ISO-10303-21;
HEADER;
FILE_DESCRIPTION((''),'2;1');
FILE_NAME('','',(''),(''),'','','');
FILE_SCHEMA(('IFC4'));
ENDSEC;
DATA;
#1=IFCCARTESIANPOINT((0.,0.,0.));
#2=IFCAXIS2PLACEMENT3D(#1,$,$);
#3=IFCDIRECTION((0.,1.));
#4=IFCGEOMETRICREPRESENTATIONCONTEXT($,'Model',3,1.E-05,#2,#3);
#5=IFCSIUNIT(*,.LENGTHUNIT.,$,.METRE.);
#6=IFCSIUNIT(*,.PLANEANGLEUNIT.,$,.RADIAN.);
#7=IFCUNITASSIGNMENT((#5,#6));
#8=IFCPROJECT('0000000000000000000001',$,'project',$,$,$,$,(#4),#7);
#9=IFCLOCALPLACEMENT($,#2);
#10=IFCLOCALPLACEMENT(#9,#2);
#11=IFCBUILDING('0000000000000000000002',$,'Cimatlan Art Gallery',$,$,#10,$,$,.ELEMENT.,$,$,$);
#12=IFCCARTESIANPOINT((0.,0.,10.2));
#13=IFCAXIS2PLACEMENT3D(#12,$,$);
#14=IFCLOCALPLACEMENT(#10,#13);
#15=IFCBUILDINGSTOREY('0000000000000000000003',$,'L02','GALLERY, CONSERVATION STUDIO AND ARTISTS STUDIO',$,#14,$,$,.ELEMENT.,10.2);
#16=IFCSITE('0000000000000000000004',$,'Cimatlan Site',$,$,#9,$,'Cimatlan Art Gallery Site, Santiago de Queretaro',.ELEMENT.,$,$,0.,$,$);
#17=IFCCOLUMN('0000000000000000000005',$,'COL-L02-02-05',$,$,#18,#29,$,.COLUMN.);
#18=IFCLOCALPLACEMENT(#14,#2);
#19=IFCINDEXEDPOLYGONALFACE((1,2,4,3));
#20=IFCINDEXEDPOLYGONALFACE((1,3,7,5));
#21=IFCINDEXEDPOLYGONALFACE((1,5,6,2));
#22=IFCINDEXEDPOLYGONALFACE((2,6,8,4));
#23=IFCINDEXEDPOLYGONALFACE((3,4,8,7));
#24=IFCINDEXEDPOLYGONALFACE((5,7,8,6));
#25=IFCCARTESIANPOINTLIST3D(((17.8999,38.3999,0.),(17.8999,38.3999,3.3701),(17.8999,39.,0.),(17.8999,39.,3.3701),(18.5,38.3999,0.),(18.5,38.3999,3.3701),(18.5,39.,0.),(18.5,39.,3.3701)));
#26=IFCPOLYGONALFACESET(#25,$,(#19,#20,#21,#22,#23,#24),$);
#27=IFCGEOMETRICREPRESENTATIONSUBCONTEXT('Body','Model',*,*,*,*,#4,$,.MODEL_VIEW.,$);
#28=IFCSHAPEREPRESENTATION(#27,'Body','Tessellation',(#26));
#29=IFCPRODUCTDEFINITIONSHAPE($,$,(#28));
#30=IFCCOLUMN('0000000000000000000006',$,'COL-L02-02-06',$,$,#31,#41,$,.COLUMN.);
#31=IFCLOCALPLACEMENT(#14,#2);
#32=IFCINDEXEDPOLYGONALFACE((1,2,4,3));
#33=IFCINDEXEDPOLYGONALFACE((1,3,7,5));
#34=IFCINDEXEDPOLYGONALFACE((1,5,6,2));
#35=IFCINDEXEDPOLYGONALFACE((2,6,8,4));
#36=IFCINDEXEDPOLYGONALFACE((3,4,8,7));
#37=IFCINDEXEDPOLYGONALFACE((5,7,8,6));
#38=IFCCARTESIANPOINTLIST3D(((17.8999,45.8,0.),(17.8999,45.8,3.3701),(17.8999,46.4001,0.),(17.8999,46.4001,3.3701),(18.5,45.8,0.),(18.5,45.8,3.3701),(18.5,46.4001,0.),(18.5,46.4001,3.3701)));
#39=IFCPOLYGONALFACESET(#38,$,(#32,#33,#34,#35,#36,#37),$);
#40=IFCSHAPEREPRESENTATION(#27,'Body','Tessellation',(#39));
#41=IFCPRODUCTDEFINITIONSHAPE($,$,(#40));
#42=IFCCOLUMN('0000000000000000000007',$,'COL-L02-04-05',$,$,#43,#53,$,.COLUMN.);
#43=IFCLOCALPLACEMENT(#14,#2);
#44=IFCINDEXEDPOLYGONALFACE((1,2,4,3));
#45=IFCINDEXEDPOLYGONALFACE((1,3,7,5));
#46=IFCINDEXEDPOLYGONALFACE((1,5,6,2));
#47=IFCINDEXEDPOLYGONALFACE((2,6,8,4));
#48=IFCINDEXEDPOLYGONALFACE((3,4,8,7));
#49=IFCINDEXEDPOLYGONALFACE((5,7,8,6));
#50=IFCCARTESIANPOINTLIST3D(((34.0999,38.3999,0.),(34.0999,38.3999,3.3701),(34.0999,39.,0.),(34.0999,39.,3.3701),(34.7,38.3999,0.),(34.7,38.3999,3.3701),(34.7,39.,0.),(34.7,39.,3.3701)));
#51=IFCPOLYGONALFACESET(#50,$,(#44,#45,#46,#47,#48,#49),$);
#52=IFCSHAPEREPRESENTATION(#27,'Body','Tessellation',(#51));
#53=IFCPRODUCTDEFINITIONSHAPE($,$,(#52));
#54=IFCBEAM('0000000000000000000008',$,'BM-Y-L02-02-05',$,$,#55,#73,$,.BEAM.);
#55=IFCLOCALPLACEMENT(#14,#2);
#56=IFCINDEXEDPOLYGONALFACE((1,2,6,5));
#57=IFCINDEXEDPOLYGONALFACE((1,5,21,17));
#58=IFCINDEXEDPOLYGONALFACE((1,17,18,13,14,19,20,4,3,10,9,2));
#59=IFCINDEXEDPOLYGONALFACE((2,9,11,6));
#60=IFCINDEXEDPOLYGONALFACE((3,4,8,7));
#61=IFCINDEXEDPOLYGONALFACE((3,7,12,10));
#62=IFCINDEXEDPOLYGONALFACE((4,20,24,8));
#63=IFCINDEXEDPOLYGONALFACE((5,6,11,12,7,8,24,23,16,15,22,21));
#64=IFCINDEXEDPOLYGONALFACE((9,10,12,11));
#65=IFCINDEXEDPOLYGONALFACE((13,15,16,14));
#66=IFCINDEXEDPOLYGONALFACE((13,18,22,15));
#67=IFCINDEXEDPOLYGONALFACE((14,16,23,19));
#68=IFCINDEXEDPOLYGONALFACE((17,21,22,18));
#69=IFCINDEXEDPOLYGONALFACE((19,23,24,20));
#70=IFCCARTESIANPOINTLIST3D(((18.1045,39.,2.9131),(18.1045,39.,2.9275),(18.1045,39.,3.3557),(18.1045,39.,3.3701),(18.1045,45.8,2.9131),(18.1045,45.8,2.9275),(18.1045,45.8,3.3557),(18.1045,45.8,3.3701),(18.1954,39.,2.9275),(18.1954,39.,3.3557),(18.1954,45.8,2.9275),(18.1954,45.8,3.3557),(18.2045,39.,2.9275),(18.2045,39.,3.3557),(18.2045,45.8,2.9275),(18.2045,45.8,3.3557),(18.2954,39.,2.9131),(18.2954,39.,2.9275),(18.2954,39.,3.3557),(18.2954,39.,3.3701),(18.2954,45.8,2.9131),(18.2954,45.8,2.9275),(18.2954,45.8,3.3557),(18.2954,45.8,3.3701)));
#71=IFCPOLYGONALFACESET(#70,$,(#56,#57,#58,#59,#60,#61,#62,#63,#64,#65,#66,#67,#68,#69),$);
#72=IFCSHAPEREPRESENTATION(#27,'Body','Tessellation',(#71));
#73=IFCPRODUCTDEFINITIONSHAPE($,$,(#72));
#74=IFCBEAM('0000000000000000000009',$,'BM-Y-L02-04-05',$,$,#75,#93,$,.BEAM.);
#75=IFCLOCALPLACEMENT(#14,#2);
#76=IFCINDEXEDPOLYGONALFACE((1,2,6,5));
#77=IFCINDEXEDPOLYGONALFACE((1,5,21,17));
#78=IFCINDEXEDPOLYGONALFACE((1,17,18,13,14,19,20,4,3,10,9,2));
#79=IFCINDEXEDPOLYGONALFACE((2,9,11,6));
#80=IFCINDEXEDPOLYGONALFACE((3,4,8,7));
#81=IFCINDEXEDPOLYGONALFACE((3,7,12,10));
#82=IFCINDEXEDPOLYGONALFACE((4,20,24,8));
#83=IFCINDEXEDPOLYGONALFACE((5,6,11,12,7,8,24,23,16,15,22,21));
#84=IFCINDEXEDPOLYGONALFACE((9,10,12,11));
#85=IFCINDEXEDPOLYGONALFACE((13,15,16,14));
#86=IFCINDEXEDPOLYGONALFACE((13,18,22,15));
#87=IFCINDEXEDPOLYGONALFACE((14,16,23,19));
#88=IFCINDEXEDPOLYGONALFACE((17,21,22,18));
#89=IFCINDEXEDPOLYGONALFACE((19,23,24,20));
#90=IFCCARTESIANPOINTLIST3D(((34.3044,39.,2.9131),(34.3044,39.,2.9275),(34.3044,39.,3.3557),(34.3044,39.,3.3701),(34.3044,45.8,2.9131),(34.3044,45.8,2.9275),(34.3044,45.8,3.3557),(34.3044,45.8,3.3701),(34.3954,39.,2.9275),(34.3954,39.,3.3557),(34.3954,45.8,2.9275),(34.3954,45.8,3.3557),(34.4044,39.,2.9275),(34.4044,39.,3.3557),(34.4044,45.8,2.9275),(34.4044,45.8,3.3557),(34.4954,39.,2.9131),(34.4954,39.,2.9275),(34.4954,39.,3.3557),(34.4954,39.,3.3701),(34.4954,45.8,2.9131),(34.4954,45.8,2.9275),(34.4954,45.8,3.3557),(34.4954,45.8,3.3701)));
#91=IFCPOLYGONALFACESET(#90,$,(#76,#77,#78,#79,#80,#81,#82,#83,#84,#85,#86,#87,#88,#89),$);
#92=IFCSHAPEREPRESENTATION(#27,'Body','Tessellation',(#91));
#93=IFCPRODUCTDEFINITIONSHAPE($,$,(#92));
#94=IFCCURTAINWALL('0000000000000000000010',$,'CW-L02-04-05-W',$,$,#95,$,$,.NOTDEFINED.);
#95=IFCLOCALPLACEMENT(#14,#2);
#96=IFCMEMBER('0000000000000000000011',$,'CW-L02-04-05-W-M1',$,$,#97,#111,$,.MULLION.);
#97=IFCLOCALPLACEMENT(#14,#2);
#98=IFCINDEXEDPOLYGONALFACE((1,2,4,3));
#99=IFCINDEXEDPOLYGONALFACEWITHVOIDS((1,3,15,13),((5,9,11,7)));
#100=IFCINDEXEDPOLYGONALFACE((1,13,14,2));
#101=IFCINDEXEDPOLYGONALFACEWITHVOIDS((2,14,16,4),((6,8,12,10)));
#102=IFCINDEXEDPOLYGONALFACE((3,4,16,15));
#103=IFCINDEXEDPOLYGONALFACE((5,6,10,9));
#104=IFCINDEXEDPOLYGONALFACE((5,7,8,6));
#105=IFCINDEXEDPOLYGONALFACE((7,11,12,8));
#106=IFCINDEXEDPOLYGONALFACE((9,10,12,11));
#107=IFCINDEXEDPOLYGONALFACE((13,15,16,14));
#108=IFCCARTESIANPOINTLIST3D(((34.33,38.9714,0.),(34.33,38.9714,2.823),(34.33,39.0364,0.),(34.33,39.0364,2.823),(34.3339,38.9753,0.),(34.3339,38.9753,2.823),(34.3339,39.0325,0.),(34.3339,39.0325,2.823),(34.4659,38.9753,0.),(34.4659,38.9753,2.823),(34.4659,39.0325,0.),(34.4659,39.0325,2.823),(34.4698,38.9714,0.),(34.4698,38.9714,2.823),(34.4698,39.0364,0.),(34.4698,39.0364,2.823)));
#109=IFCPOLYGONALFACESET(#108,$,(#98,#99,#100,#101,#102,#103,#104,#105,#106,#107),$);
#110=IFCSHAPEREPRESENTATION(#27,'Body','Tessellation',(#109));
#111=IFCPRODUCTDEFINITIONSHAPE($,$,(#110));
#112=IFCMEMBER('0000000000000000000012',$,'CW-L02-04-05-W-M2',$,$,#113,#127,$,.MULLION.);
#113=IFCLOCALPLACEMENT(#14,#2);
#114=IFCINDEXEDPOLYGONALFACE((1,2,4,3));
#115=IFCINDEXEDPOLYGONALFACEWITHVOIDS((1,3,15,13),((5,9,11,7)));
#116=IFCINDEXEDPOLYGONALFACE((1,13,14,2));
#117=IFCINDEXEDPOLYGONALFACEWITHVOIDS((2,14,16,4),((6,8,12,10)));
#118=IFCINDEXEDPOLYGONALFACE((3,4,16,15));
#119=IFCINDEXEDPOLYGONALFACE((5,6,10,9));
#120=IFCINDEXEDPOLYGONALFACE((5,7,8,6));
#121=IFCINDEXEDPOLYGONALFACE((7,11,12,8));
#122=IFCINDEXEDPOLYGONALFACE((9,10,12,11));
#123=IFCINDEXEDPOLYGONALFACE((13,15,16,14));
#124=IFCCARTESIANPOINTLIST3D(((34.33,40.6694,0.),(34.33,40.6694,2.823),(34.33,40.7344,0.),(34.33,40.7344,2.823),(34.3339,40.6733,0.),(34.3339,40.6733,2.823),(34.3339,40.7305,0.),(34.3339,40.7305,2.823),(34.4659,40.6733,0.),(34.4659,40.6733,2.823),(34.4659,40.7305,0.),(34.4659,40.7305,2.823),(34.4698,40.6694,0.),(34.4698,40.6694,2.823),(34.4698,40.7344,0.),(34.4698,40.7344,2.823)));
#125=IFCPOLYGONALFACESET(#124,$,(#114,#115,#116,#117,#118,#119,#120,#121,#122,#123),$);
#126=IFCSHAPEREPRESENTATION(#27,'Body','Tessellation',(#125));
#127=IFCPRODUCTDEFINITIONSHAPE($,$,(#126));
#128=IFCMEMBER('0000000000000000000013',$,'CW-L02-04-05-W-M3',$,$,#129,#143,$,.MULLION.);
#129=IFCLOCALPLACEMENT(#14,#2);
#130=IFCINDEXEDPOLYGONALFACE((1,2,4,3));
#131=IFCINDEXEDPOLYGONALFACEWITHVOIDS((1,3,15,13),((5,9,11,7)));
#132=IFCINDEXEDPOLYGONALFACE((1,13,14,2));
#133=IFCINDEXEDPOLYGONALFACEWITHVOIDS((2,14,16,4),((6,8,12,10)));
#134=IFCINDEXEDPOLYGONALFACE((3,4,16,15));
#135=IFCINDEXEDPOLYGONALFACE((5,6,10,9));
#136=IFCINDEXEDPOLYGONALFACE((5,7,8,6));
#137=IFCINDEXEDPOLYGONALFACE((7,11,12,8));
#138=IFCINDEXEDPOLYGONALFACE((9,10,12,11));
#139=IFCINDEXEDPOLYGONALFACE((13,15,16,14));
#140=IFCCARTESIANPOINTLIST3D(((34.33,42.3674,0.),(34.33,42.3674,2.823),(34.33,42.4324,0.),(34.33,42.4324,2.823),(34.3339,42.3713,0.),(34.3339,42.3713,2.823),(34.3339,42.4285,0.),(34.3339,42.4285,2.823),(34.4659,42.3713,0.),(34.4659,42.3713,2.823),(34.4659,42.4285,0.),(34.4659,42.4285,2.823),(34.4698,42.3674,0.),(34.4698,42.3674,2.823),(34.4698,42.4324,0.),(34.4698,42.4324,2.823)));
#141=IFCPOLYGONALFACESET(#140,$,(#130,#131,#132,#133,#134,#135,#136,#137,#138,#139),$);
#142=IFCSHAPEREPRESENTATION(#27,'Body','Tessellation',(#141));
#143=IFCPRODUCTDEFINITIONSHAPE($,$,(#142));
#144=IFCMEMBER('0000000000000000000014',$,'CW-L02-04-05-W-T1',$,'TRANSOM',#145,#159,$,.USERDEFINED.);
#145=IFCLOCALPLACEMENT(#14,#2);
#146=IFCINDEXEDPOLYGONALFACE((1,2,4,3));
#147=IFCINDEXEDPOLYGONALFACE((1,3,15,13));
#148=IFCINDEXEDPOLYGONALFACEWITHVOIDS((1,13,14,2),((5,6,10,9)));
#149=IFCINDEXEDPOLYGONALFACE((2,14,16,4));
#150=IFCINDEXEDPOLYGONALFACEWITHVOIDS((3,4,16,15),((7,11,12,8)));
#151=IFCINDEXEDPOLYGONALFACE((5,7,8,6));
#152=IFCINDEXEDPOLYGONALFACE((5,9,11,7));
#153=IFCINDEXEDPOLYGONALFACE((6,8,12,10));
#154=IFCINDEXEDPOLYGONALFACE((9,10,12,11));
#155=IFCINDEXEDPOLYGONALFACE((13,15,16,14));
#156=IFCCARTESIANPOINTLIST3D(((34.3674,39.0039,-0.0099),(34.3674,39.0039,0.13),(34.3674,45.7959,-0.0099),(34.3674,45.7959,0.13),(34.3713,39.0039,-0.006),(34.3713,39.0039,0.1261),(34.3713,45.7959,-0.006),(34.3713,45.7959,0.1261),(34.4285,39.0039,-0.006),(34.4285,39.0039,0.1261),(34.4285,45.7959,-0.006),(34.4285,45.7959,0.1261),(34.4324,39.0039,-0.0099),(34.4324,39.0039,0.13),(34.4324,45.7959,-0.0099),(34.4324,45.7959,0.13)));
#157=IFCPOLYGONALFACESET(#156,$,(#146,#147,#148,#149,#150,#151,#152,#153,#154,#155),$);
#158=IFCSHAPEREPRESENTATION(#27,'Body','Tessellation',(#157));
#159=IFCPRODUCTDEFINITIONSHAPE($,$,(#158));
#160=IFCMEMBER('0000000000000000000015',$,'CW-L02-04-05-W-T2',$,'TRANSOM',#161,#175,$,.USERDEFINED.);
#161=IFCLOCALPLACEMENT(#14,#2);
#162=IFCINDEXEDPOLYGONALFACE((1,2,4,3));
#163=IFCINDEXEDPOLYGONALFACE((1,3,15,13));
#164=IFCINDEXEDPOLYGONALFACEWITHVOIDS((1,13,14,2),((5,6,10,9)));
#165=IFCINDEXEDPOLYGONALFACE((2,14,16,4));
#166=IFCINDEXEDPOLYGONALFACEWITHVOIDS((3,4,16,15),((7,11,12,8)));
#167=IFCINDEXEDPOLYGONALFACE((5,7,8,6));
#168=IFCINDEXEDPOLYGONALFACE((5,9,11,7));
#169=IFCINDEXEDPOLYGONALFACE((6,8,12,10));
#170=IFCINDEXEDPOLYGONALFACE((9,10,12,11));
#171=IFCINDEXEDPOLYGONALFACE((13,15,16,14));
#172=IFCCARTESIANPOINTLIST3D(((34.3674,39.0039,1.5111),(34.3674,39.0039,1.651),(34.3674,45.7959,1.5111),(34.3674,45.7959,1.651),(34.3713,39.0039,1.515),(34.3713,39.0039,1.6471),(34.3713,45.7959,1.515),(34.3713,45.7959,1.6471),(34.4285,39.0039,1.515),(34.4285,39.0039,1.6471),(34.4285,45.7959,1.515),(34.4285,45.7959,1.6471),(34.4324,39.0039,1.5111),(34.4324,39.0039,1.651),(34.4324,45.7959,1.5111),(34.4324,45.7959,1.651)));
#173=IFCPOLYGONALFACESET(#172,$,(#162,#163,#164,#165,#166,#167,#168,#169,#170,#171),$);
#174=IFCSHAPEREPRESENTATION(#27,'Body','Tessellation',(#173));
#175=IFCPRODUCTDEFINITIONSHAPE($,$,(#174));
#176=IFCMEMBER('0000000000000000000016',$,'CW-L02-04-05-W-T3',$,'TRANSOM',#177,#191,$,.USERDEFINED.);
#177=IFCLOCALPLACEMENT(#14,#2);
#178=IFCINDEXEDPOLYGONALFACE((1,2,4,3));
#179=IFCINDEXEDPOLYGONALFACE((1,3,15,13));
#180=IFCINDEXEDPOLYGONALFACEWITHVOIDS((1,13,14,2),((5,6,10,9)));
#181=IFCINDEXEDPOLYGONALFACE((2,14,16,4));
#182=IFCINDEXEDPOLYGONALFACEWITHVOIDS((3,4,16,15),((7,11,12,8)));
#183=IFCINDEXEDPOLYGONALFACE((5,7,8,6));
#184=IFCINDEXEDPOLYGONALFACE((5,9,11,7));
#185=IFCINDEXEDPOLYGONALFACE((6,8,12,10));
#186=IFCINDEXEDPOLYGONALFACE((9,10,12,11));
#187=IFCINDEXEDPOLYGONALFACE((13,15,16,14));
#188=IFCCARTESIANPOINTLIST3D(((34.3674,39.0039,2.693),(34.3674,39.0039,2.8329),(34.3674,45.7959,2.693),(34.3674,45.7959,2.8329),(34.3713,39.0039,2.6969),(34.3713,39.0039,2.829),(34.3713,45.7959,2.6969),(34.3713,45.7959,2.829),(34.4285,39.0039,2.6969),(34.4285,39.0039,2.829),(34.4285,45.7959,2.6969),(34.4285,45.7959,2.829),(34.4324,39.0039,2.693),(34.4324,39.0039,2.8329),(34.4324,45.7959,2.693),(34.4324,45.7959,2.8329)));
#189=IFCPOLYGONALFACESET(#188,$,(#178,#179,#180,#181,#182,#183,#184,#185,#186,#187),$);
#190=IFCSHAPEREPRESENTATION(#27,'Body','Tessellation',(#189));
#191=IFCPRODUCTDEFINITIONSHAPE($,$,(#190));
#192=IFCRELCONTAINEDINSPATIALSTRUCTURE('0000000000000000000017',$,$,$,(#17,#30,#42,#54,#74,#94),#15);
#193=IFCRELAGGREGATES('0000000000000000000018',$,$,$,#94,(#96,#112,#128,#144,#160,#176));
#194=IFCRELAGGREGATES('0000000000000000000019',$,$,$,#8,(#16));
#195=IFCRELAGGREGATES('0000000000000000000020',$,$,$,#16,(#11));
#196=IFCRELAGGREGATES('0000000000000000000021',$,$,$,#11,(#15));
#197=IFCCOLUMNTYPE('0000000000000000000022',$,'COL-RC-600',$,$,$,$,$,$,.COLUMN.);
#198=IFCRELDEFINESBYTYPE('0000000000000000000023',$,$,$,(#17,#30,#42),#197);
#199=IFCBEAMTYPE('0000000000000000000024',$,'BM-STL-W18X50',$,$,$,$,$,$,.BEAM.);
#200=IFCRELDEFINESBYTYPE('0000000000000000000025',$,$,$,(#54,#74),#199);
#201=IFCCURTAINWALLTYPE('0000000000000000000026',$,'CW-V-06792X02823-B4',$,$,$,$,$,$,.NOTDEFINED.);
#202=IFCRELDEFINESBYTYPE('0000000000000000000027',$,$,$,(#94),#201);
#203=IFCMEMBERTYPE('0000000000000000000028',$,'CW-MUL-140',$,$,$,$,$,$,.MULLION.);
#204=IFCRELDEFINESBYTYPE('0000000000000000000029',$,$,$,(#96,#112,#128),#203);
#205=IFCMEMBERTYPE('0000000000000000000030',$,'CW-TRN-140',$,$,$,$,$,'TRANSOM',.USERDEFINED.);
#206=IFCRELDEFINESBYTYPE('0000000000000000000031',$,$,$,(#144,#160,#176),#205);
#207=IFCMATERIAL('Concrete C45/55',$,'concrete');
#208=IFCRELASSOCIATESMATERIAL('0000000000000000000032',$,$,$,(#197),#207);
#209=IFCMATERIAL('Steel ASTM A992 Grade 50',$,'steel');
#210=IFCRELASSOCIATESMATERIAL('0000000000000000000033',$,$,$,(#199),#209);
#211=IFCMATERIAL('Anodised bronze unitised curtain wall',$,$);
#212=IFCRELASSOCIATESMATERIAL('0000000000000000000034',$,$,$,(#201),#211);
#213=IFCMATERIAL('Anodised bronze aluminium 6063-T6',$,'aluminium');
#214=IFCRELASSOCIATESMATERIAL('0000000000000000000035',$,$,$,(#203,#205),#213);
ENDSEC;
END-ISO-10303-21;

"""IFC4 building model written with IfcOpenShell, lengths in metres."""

from ifc_helpers import new_model, si_unit, direction, frame, origin, origin_2d, place, context, subcontext, project, spatial, rectangle, hollow_rectangle, i_section, extrude, material, material_profile, profile_set, type_object, element, aggregate, save


model = new_model("IFC4")

# Units and contexts
model_context = context("Model", 3, precision=1e-05, world=origin(), true_north=direction((0.0, 1.0)))
body_context = subcontext(model_context, "Body", "Model", "MODEL_VIEW")
ifc_project = project(units=[si_unit("LENGTHUNIT", "METRE"), si_unit("PLANEANGLEUNIT", "RADIAN")], contexts=[model_context])

# Site, building, storey
site_placement = place(None, origin())
site = spatial("IfcSite", under=ifc_project, at=site_placement, Name="Cimatlan Site", LongName="Cimatlan Art Gallery Site, Santiago de Queretaro", CompositionType="ELEMENT", RefElevation=0.0)
building_placement = place(site_placement, origin())
building = spatial("IfcBuilding", under=site, at=building_placement, Name="Cimatlan Art Gallery", CompositionType="ELEMENT")
storey_placement = place(building_placement, frame((0.0, 0.0, 10.2)))
storey = spatial("IfcBuildingStorey", under=building, at=storey_placement, Name="L02", Description="GALLERY, CONSERVATION STUDIO AND ARTISTS STUDIO", CompositionType="ELEMENT", Elevation=10.2)

# Columns
ifc_material_1 = material(Name="Concrete C45/55", Category="concrete")
ifc_material_profile_1 = material_profile(ifc_material_1, rectangle(XDim=0.6001, YDim=0.6001, at=origin_2d()), Name="RC600X600")
ifc_profile_set_1 = profile_set([ifc_material_profile_1], Name="Concrete C45/55")
column_type = type_object("IfcColumnType", Name="COL-RC-600", PredefinedType="COLUMN", material=ifc_profile_set_1)
for number, where, z_axis, x_axis, name in (
    (1, (18.2, 38.7, 0.0), (0.0, 0.0, 1.0), (1.0, 0.0, 0.0), "COL-L02-02-05"),
    (2, (18.2, 46.1001, 0.0), (0.0, 0.0, 1.0), (1.0, 0.0, 0.0), "COL-L02-02-06"),
    (3, (34.3999, 38.7, 0.0), (0.0, 0.0, 1.0), (1.0, 0.0, 0.0), "COL-L02-04-05"),
):
    element("IfcColumn", number, at=place(storey_placement, frame(where, z_axis=z_axis, x_axis=x_axis)), inside=storey, type_object=column_type, Name=name, PredefinedType="COLUMN", context=body_context, shape_type="SweptSolid", body=[
        extrude(rectangle(XDim=0.6001, YDim=0.6001, at=origin_2d()), origin(), (0.0, 0.0, 1.0), 3.3701),
    ])

# Beams
ifc_material_2 = material(Name="Steel ASTM A992 Grade 50", Category="steel")
ifc_material_profile_2 = material_profile(ifc_material_2, i_section(OverallWidth=0.1909, OverallDepth=0.457, WebThickness=0.009, FlangeThickness=0.0144, at=origin_2d()), Name="W18X50")
ifc_profile_set_2 = profile_set([ifc_material_profile_2], Name="Steel ASTM A992 Grade 50")
beam_type = type_object("IfcBeamType", Name="BM-STL-W18X50", PredefinedType="BEAM", material=ifc_profile_set_2)
for number, where, z_axis, x_axis, name in (
    (4, (18.2, 39.0, 3.1416), (0.0, 1.0, 0.0), (-1.0, 0.0, 0.0), "BM-Y-L02-02-05"),
    (5, (34.3999, 39.0, 3.1416), (0.0, 1.0, 0.0), (-1.0, 0.0, 0.0), "BM-Y-L02-04-05"),
):
    element("IfcBeam", number, at=place(storey_placement, frame(where, z_axis=z_axis, x_axis=x_axis)), inside=storey, type_object=beam_type, Name=name, PredefinedType="BEAM", context=body_context, shape_type="SweptSolid", body=[
        extrude(i_section(OverallWidth=0.1909, OverallDepth=0.457, WebThickness=0.009, FlangeThickness=0.0144, at=origin_2d()), origin(), (0.0, 0.0, 1.0), 6.8),
    ])

# Curtain wall, members
ifc_material_3 = material(Name="Anodised bronze unitised curtain wall")
curtain_wall_type = type_object("IfcCurtainWallType", Name="CW-V-06792X02823-B4", PredefinedType="NOTDEFINED", material=ifc_material_3)
curtain_wall_placement = place(storey_placement, origin())
curtain_wall = element("IfcCurtainWall", 6, at=curtain_wall_placement, inside=storey, type_object=curtain_wall_type, Name="CW-L02-04-05-W", PredefinedType="NOTDEFINED")
ifc_material_4 = material(Name="Anodised bronze aluminium 6063-T6", Category="aluminium")
ifc_material_profile_3 = material_profile(ifc_material_4, hollow_rectangle(XDim=0.0649, YDim=0.1399, WallThickness=0.0039, at=origin_2d()), Name="ALU65X140X4")
ifc_profile_set_3 = profile_set([ifc_material_profile_3], Name="Anodised bronze aluminium 6063-T6")
member_type_1 = type_object("IfcMemberType", Name="CW-MUL-140", PredefinedType="MULLION", material=ifc_profile_set_3)
member_1_placement = place(storey_placement, frame((34.3999, 39.0039, 0.0), z_axis=(0.0, 0.0, 1.0), x_axis=(0.0, 1.0, 0.0)))
member_1 = element("IfcMember", 7, at=member_1_placement, type_object=member_type_1, Name="CW-L02-04-05-W-M1", PredefinedType="MULLION", context=body_context, shape_type="SweptSolid", body=[
    extrude(hollow_rectangle(XDim=0.0649, YDim=0.1399, WallThickness=0.0039, at=origin_2d()), origin(), (0.0, 0.0, 1.0), 2.823),
])
member_2_placement = place(storey_placement, frame((34.3999, 40.7019, 0.0), z_axis=(0.0, 0.0, 1.0), x_axis=(0.0, 1.0, 0.0)))
member_2 = element("IfcMember", 8, at=member_2_placement, type_object=member_type_1, Name="CW-L02-04-05-W-M2", PredefinedType="MULLION", context=body_context, shape_type="SweptSolid", body=[
    extrude(hollow_rectangle(XDim=0.0649, YDim=0.1399, WallThickness=0.0039, at=origin_2d()), origin(), (0.0, 0.0, 1.0), 2.823),
])
member_3_placement = place(storey_placement, frame((34.3999, 42.3999, 0.0), z_axis=(0.0, 0.0, 1.0), x_axis=(0.0, 1.0, 0.0)))
member_3 = element("IfcMember", 9, at=member_3_placement, type_object=member_type_1, Name="CW-L02-04-05-W-M3", PredefinedType="MULLION", context=body_context, shape_type="SweptSolid", body=[
    extrude(hollow_rectangle(XDim=0.0649, YDim=0.1399, WallThickness=0.0039, at=origin_2d()), origin(), (0.0, 0.0, 1.0), 2.823),
])
ifc_material_profile_4 = material_profile(ifc_material_4, hollow_rectangle(XDim=0.0649, YDim=0.1399, WallThickness=0.0039, at=origin_2d()), Name="ALU65X140X4")
ifc_profile_set_4 = profile_set([ifc_material_profile_4], Name="Anodised bronze aluminium 6063-T6")
member_type_2 = type_object("IfcMemberType", Name="CW-TRN-140", ElementType="TRANSOM", PredefinedType="USERDEFINED", material=ifc_profile_set_4)
member_4_placement = place(storey_placement, frame((34.3999, 39.0039, 0.0601), z_axis=(0.0, 1.0, 0.0), x_axis=(-1.0, 0.0, 0.0)))
member_4 = element("IfcMember", 10, at=member_4_placement, type_object=member_type_2, Name="CW-L02-04-05-W-T1", ObjectType="TRANSOM", PredefinedType="USERDEFINED", context=body_context, shape_type="SweptSolid", body=[
    extrude(hollow_rectangle(XDim=0.0649, YDim=0.1399, WallThickness=0.0039, at=origin_2d()), origin(), (0.0, 0.0, 1.0), 6.792),
])
member_5_placement = place(storey_placement, frame((34.3999, 39.0039, 1.5811), z_axis=(0.0, 1.0, 0.0), x_axis=(-1.0, 0.0, 0.0)))
member_5 = element("IfcMember", 11, at=member_5_placement, type_object=member_type_2, Name="CW-L02-04-05-W-T2", ObjectType="TRANSOM", PredefinedType="USERDEFINED", context=body_context, shape_type="SweptSolid", body=[
    extrude(hollow_rectangle(XDim=0.0649, YDim=0.1399, WallThickness=0.0039, at=origin_2d()), origin(), (0.0, 0.0, 1.0), 6.792),
])
member_6_placement = place(storey_placement, frame((34.3999, 39.0039, 2.7629), z_axis=(0.0, 1.0, 0.0), x_axis=(-1.0, 0.0, 0.0)))
member_6 = element("IfcMember", 12, at=member_6_placement, type_object=member_type_2, Name="CW-L02-04-05-W-T3", ObjectType="TRANSOM", PredefinedType="USERDEFINED", context=body_context, shape_type="SweptSolid", body=[
    extrude(hollow_rectangle(XDim=0.0649, YDim=0.1399, WallThickness=0.0039, at=origin_2d()), origin(), (0.0, 0.0, 1.0), 6.792),
])
aggregate(curtain_wall, [member_1, member_2, member_3, member_4, member_5, member_6])

save(model, "model.ifc")
